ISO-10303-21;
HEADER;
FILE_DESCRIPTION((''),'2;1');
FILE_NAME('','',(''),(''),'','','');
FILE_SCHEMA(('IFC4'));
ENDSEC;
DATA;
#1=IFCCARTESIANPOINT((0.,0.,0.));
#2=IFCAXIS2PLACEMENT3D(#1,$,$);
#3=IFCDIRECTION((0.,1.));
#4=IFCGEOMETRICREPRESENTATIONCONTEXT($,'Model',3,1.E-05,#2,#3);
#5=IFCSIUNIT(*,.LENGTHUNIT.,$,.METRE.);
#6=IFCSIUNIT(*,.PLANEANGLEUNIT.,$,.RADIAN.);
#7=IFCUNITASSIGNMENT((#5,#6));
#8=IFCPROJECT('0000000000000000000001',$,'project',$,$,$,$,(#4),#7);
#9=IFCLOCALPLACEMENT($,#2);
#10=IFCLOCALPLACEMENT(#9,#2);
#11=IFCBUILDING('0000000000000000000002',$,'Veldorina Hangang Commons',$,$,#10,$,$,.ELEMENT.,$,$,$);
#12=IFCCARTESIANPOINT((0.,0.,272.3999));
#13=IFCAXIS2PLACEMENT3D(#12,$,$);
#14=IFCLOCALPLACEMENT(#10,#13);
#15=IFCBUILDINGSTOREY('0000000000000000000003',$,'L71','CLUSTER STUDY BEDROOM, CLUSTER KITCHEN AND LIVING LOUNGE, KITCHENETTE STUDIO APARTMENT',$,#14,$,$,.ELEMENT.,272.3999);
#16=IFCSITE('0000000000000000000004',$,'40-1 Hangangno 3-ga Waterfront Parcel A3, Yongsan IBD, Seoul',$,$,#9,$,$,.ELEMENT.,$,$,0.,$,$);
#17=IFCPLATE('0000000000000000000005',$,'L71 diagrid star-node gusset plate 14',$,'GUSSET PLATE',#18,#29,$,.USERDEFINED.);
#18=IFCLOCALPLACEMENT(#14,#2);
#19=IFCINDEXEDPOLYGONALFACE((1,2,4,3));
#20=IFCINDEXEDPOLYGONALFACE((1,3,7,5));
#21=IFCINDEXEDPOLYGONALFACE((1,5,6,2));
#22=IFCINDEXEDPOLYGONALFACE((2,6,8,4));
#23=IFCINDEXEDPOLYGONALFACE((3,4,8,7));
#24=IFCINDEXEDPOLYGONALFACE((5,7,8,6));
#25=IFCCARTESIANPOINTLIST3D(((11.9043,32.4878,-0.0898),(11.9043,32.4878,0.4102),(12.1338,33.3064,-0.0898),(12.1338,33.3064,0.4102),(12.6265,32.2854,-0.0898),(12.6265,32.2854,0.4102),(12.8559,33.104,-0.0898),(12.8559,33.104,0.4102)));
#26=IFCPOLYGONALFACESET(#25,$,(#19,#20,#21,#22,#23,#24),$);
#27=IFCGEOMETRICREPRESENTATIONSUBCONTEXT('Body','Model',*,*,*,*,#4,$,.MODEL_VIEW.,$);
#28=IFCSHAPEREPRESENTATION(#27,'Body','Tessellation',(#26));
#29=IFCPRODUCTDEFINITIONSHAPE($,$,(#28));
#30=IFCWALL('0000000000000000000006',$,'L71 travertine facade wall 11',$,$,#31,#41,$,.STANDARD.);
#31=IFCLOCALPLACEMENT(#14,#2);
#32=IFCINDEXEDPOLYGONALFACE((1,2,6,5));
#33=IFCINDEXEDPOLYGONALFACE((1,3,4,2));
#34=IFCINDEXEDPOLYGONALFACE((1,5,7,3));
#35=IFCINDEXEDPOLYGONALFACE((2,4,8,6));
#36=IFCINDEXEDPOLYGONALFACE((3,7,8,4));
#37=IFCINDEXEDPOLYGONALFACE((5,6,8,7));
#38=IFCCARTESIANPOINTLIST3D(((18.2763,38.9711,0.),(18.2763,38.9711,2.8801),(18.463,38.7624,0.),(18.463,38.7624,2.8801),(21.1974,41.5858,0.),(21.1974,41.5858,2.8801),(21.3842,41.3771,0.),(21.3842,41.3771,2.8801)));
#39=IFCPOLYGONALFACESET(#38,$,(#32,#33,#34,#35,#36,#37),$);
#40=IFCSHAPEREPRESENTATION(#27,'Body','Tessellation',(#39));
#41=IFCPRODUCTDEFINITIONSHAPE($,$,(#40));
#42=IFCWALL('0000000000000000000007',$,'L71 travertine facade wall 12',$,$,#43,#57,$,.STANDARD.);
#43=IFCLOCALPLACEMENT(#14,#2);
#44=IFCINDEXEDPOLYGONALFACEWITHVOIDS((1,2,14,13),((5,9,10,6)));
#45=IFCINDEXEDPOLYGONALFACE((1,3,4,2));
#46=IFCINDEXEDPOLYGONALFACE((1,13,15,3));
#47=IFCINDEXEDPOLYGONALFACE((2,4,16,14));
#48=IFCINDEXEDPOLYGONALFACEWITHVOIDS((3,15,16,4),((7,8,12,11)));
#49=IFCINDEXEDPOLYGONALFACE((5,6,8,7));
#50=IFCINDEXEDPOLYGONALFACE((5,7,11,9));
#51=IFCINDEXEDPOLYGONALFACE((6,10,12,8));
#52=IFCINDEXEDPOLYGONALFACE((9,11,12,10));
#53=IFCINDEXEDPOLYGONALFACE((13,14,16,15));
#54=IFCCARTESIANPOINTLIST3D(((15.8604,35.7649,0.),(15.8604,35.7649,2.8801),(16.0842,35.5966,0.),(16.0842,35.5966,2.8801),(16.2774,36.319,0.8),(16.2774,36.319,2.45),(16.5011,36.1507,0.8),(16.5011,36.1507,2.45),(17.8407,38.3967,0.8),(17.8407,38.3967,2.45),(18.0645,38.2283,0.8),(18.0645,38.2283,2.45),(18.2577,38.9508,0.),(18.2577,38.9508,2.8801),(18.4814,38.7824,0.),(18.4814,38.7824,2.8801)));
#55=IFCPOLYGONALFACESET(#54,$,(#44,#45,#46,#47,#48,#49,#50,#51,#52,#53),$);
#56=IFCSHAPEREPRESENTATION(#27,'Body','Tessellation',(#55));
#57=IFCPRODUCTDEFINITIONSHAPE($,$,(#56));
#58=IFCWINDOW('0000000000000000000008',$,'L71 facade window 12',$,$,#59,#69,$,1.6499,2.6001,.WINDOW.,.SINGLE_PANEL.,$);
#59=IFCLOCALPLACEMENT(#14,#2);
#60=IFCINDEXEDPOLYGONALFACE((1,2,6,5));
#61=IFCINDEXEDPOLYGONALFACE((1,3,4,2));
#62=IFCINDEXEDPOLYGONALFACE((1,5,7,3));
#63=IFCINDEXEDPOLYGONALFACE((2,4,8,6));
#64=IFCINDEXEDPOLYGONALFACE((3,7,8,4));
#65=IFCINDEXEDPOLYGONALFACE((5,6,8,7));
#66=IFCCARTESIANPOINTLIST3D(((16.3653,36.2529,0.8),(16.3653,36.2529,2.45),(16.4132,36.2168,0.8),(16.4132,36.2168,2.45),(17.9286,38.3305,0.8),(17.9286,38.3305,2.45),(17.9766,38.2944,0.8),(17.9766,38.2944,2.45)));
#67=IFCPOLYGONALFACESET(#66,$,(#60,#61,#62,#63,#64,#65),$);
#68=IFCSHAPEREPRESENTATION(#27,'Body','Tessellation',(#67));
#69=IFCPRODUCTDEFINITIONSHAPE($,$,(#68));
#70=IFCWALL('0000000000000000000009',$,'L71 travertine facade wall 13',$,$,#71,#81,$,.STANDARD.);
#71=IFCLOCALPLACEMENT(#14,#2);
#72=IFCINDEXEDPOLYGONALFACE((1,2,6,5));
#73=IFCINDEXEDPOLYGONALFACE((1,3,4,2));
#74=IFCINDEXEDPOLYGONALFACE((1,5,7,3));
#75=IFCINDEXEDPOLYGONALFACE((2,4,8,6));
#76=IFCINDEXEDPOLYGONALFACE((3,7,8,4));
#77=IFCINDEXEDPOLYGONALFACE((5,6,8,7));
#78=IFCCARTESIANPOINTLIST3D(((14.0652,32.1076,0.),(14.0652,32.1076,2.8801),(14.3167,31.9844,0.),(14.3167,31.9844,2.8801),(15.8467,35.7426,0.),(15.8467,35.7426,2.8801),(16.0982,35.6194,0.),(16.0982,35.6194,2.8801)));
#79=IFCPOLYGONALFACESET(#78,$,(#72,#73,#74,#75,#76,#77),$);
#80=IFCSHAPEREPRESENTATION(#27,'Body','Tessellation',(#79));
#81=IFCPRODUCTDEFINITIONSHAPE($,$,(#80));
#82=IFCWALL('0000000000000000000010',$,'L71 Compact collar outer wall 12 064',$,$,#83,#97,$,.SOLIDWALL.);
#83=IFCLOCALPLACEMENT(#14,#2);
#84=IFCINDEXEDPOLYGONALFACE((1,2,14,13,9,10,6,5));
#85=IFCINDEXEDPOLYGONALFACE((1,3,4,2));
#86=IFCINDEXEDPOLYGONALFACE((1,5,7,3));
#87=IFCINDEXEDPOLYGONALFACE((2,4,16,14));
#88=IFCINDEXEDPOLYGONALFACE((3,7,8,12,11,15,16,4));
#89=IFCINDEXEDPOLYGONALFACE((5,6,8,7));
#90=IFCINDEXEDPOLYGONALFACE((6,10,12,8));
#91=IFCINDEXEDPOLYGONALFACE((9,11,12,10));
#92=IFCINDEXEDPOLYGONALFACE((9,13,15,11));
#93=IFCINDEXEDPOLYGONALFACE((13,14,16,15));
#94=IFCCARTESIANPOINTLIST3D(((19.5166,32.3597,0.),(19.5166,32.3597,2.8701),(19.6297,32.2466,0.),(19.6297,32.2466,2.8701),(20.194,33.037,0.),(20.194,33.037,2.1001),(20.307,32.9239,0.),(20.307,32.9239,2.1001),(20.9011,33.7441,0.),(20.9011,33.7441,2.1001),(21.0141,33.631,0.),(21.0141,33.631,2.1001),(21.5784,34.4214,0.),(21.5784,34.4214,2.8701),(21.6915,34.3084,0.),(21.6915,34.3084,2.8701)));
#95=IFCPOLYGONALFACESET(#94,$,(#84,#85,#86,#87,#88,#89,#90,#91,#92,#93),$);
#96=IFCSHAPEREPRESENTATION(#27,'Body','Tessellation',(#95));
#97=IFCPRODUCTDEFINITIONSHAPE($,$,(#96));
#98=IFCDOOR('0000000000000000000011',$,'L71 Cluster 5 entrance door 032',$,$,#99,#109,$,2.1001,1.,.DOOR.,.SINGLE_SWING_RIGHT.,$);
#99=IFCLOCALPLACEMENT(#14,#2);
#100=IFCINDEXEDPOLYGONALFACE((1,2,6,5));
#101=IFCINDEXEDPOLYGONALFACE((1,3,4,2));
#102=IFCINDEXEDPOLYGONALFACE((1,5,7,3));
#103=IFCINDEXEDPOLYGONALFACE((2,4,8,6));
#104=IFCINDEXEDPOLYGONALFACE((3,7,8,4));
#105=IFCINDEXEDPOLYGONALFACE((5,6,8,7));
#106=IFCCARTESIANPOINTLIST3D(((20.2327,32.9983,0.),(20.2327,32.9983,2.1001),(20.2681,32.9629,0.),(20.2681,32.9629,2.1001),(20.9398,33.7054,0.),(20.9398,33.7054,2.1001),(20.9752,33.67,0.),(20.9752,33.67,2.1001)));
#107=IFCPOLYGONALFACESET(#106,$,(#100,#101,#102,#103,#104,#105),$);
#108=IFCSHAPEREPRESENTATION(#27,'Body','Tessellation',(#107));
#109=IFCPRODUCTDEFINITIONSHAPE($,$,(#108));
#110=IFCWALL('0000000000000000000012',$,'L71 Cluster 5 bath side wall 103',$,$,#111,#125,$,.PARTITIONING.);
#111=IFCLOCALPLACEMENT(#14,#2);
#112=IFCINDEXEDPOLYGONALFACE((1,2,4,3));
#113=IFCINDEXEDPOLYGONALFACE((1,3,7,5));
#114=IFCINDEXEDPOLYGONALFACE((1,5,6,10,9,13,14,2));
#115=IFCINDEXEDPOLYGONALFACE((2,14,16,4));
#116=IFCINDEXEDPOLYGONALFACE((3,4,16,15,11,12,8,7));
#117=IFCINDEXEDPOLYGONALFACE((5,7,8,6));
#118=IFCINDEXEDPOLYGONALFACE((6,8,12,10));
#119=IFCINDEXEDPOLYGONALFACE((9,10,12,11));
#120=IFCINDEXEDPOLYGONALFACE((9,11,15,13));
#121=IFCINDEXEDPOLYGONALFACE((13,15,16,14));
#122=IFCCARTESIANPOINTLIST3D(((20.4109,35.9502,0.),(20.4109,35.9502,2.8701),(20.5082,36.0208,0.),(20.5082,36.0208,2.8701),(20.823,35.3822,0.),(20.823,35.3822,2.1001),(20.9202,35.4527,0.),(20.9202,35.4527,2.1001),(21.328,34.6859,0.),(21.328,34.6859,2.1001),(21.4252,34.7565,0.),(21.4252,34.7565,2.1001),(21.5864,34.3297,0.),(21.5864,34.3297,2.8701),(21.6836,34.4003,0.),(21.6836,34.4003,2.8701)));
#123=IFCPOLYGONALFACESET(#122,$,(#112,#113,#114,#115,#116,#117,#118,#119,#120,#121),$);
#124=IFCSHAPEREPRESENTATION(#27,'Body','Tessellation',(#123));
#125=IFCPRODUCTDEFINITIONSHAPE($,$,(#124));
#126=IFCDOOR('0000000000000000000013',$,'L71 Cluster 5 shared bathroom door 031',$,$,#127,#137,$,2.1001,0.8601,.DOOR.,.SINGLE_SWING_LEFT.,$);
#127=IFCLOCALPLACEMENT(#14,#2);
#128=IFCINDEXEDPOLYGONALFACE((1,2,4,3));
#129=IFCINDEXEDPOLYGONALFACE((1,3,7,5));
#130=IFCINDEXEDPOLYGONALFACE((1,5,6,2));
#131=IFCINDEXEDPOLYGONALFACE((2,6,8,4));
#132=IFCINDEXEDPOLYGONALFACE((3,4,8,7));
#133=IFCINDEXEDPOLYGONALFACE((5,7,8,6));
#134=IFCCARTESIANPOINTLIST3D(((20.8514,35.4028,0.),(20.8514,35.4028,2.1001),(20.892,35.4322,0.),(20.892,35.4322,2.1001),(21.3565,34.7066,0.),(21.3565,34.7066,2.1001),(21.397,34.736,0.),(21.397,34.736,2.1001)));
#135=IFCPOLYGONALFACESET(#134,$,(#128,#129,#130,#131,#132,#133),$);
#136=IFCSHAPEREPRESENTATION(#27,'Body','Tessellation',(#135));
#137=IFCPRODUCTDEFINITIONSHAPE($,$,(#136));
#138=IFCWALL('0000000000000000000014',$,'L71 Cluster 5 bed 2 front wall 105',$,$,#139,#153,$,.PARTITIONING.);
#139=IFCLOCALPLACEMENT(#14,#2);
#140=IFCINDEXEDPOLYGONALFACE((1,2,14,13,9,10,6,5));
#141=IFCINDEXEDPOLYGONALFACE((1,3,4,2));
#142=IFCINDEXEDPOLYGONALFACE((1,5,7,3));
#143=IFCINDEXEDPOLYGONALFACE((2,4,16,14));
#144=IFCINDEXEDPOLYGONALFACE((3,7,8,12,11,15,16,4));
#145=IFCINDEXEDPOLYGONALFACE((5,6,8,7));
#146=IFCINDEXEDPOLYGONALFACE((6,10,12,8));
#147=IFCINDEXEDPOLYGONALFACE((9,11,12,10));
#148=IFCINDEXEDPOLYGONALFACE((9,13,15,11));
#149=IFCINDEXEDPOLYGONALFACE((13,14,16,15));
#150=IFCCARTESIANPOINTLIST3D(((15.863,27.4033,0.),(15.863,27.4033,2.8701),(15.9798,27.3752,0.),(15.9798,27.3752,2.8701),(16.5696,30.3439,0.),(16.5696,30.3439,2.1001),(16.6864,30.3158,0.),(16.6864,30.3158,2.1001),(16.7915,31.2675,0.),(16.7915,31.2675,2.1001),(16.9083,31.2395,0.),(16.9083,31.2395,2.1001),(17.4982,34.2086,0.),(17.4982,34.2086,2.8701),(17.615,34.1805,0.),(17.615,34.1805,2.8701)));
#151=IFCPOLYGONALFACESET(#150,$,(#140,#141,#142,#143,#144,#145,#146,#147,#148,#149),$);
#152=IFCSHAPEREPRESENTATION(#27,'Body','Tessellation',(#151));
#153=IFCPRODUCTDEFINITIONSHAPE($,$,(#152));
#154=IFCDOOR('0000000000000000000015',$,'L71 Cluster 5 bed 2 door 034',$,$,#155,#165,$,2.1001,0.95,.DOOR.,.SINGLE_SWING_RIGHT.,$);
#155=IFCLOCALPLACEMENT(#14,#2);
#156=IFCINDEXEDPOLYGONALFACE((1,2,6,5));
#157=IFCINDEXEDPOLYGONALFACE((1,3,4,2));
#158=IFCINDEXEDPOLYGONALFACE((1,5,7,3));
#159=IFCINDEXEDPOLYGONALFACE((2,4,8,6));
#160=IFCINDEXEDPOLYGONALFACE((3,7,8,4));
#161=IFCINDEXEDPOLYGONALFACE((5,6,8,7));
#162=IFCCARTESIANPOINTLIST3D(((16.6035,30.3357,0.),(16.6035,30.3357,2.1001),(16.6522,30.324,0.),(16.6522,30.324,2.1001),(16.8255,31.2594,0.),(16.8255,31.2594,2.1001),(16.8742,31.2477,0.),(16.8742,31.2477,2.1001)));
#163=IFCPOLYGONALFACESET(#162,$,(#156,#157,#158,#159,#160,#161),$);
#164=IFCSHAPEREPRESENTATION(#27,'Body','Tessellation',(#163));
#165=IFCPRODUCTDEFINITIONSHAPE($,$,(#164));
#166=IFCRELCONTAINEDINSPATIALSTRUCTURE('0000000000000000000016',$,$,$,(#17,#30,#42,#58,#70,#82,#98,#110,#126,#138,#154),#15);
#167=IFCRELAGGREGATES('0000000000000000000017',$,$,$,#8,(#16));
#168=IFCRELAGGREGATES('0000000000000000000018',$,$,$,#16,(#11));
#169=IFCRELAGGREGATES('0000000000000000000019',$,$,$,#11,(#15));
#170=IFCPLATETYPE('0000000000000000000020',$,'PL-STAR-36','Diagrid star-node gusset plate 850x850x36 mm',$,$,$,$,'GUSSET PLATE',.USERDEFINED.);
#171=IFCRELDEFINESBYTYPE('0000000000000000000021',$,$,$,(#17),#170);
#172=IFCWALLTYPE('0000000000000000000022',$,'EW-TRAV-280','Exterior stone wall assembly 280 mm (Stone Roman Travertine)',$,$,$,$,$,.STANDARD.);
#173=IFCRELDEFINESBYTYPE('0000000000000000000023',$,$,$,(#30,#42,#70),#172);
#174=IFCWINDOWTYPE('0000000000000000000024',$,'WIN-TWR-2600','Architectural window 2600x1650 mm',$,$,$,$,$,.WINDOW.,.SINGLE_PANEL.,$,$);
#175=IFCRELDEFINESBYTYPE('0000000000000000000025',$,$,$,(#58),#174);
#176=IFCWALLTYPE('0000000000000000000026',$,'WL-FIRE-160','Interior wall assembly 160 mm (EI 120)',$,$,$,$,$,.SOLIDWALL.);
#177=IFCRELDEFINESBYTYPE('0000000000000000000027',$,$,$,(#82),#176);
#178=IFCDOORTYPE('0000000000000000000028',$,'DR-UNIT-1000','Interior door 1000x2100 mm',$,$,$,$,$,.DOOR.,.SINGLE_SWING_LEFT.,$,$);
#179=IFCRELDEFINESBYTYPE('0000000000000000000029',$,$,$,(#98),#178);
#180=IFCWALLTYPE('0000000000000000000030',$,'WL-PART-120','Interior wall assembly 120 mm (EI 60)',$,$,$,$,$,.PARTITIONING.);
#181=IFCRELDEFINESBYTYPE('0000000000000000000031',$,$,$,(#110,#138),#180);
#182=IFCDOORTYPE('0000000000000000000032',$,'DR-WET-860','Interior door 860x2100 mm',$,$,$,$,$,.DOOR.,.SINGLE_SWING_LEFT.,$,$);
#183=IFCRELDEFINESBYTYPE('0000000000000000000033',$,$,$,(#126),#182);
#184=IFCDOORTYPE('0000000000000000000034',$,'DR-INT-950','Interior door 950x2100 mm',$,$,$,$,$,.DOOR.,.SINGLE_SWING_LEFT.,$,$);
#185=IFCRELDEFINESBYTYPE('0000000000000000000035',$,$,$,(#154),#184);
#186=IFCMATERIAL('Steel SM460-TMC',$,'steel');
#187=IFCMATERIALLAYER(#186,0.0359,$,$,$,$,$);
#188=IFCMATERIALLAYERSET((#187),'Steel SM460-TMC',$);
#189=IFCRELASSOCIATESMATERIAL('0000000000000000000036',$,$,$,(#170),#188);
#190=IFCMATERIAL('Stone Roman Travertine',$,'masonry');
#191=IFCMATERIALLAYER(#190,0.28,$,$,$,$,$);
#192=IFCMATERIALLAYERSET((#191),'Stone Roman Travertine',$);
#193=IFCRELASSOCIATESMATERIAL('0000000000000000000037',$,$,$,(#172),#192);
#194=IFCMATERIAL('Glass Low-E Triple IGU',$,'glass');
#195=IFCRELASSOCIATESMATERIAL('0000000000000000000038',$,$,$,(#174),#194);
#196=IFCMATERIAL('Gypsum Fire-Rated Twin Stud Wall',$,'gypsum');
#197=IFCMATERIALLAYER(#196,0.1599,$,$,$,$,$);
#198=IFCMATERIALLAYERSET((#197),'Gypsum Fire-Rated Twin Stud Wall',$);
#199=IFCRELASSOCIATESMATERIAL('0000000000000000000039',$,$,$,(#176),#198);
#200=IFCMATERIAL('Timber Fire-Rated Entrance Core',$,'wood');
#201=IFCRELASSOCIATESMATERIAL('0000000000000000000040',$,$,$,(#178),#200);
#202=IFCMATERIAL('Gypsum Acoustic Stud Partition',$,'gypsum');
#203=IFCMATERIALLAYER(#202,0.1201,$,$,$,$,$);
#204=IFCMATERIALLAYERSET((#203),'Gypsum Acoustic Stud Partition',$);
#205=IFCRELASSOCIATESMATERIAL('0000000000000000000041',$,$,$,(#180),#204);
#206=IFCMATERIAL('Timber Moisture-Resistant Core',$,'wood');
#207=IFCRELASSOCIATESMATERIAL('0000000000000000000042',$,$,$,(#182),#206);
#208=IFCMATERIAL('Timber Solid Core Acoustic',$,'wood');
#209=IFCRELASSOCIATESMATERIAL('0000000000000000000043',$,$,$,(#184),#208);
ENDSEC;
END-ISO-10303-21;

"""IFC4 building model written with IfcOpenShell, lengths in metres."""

from ifc_helpers import new_model, si_unit, direction, frame, frame_2d, origin, origin_2d, place, context, subcontext, project, spatial, rectangle, extrude, material, layer, layer_set, type_object, element, fill, save


model = new_model("IFC4")

# Units and contexts
model_context = context("Model", 3, precision=1e-05, world=origin(), true_north=direction((0.0, 1.0)))
body_context = subcontext(model_context, "Body", "Model", "MODEL_VIEW")
ifc_project = project(units=[si_unit("LENGTHUNIT", "METRE"), si_unit("PLANEANGLEUNIT", "RADIAN")], contexts=[model_context])

# Site, building, storey
site_placement = place(None, origin())
site = spatial("IfcSite", under=ifc_project, at=site_placement, Name="40-1 Hangangno 3-ga Waterfront Parcel A3, Yongsan IBD, Seoul", CompositionType="ELEMENT", RefElevation=0.0)
building_placement = place(site_placement, origin())
building = spatial("IfcBuilding", under=site, at=building_placement, Name="Veldorina Hangang Commons", CompositionType="ELEMENT")
storey_placement = place(building_placement, frame((0.0, 0.0, 272.3999)))
storey = spatial("IfcBuildingStorey", under=building, at=storey_placement, Name="L71", Description="CLUSTER STUDY BEDROOM, CLUSTER KITCHEN AND LIVING LOUNGE, KITCHENETTE STUDIO APARTMENT", CompositionType="ELEMENT", Elevation=272.3999)

# Plate
ifc_material_1 = material(Name="Steel SM460-TMC", Category="steel")
ifc_layer_1 = layer(ifc_material_1, 0.0359)
ifc_layer_set_1 = layer_set([ifc_layer_1], Name="Steel SM460-TMC")
plate_type = type_object("IfcPlateType", Name="PL-STAR-36", Description="Diagrid star-node gusset plate 850x850x36 mm", ElementType="GUSSET PLATE", PredefinedType="USERDEFINED", material=ifc_layer_set_1)
plate_1_placement = place(storey_placement, frame((12.3801, 32.7959, -0.0898), z_axis=(0.0, 0.0, 1.0), x_axis=(-0.269878, -0.962895, 0.0)))
element("IfcPlate", 1, at=plate_1_placement, inside=storey, type_object=plate_type, Name="L71 diagrid star-node gusset plate 14", ObjectType="GUSSET PLATE", PredefinedType="USERDEFINED", context=body_context, shape_type="SweptSolid", body=[
    extrude(rectangle(XDim=0.8501, YDim=0.75, at=origin_2d()), origin(), (0.0, 0.0, 1.0), 0.5),
])

# Wall
ifc_material_2 = material(Name="Stone Roman Travertine", Category="masonry")
ifc_layer_2 = layer(ifc_material_2, 0.28)
ifc_layer_set_2 = layer_set([ifc_layer_2], Name="Stone Roman Travertine")
wall_type_1 = type_object("IfcWallType", Name="EW-TRAV-280", Description="Exterior stone wall assembly 280 mm (Stone Roman Travertine)", PredefinedType="STANDARD", material=ifc_layer_set_2)
wall_1_placement = place(storey_placement, frame((21.2908, 41.4814, 0.0), z_axis=(0.0, 0.0, 1.0), x_axis=(-0.745103, -0.66695, 0.0)))
element("IfcWall", 2, at=wall_1_placement, inside=storey, type_object=wall_type_1, Name="L71 travertine facade wall 11", PredefinedType="STANDARD", context=body_context, shape_type="SweptSolid", body=[
    extrude(rectangle(XDim=3.9204, YDim=0.28, at=frame_2d((1.9602, 0.0))), origin(), (0.0, 0.0, 1.0), 2.8801),
])

# Wall, opening, window
wall_2_placement = place(storey_placement, frame((18.3696, 38.8667, 0.0), z_axis=(0.0, 0.0, 1.0), x_axis=(-0.601263, -0.799051, 0.0)))
wall_2 = element("IfcWall", 3, at=wall_2_placement, inside=storey, type_object=wall_type_1, Name="L71 travertine facade wall 12", PredefinedType="STANDARD", context=body_context, shape_type="SweptSolid", body=[
    extrude(rectangle(XDim=3.9871, YDim=0.28, at=frame_2d((1.9937, 0.0))), origin(), (0.0, 0.0, 1.0), 2.8801),
])
opening_1_placement = place(wall_2_placement, frame((0.6936, 0.0, 0.8)))
opening_1 = element("IfcOpeningElement", 4, at=opening_1_placement, cuts=wall_2, PredefinedType="OPENING", context=body_context, shape_type="SweptSolid", body=[
    extrude(rectangle(XDim=2.6001, YDim=1.6499, at=frame_2d((1.3, 0.825))), frame((0.0, 0.1499, 0.0), z_axis=(0.0, -1.0, 0.0), x_axis=(1.0, 0.0, 0.0)), (0.0, 0.0, 1.0), 0.3),
])
ifc_material_3 = material(Name="Glass Low-E Triple IGU", Category="glass")
window_type = type_object("IfcWindowType", Name="WIN-TWR-2600", Description="Architectural window 2600x1650 mm", PartitioningType="SINGLE_PANEL", PredefinedType="WINDOW", material=ifc_material_3)
window_placement = place(opening_1_placement, origin())
window = element("IfcWindow", 5, at=window_placement, inside=storey, type_object=window_type, Name="L71 facade window 12", OverallHeight=1.6499, OverallWidth=2.6001, PartitioningType="SINGLE_PANEL", PredefinedType="WINDOW", context=body_context, shape_type="SweptSolid", body=[
    extrude(rectangle(XDim=2.6001, YDim=1.6499, at=frame_2d((1.3, 0.825))), frame((0.0, 0.03, 0.0), z_axis=(0.0, -1.0, 0.0), x_axis=(1.0, 0.0, 0.0)), (0.0, 0.0, 1.0), 0.0601),
])
fill(opening_1, window)

# Wall
wall_3_placement = place(storey_placement, frame((15.9724, 35.6809, 0.0), z_axis=(0.0, 0.0, 1.0), x_axis=(-0.440083, -0.897957, 0.0)))
element("IfcWall", 6, at=wall_3_placement, inside=storey, type_object=wall_type_1, Name="L71 travertine facade wall 13", PredefinedType="STANDARD", context=body_context, shape_type="SweptSolid", body=[
    extrude(rectangle(XDim=4.0481, YDim=0.28, at=frame_2d((2.0239, 0.0))), origin(), (0.0, 0.0, 1.0), 2.8801),
])

# Walls, openings, doors
ifc_material_4 = material(Name="Gypsum Fire-Rated Twin Stud Wall", Category="gypsum")
ifc_layer_3 = layer(ifc_material_4, 0.1599)
ifc_layer_set_3 = layer_set([ifc_layer_3], Name="Gypsum Fire-Rated Twin Stud Wall")
wall_type_2 = type_object("IfcWallType", Name="WL-FIRE-160", Description="Interior wall assembly 160 mm (EI 120)", PredefinedType="SOLIDWALL", material=ifc_layer_set_3)
wall_4_placement = place(storey_placement, frame((21.635, 34.365, 0.0), z_axis=(0.0, 0.0, 1.0), x_axis=(-0.707107, -0.707107, 0.0)))
wall_4 = element("IfcWall", 7, at=wall_4_placement, inside=storey, type_object=wall_type_2, Name="L71 Compact collar outer wall 12 064", PredefinedType="SOLIDWALL", context=body_context, shape_type="SweptSolid", body=[
    extrude(rectangle(XDim=2.9158, YDim=0.1599, at=frame_2d((1.458, 0.0))), origin(), (0.0, 0.0, 1.0), 2.8701),
])
opening_2_placement = place(wall_4_placement, frame((0.958, 0.0, 0.0)))
opening_2 = element("IfcOpeningElement", 8, at=opening_2_placement, cuts=wall_4, PredefinedType="OPENING", context=body_context, shape_type="SweptSolid", body=[
    extrude(rectangle(XDim=1.0, YDim=2.1001, at=frame_2d((0.5, 1.05))), frame((0.0, 0.0898, 0.0), z_axis=(0.0, -1.0, 0.0), x_axis=(1.0, 0.0, 0.0)), (0.0, 0.0, 1.0), 0.1799),
])
ifc_material_5 = material(Name="Timber Fire-Rated Entrance Core", Category="wood")
door_type_1 = type_object("IfcDoorType", Name="DR-UNIT-1000", Description="Interior door 1000x2100 mm", OperationType="SINGLE_SWING_LEFT", PredefinedType="DOOR", material=ifc_material_5)
door_1_placement = place(opening_2_placement, origin())
door_1 = element("IfcDoor", 9, at=door_1_placement, inside=storey, type_object=door_type_1, Name="L71 Cluster 5 entrance door 032", OperationType="SINGLE_SWING_RIGHT", OverallHeight=2.1001, OverallWidth=1.0, PredefinedType="DOOR", context=body_context, shape_type="SweptSolid", body=[
    extrude(rectangle(XDim=1.0, YDim=2.1001, at=frame_2d((0.5, 1.05))), frame((0.0, 0.0249, 0.0), z_axis=(0.0, -1.0, 0.0), x_axis=(1.0, 0.0, 0.0)), (0.0, 0.0, 1.0), 0.05),
])
fill(opening_2, door_1)
ifc_material_6 = material(Name="Gypsum Acoustic Stud Partition", Category="gypsum")
ifc_layer_4 = layer(ifc_material_6, 0.1201)
ifc_layer_set_4 = layer_set([ifc_layer_4], Name="Gypsum Acoustic Stud Partition")
wall_type_3 = type_object("IfcWallType", Name="WL-PART-120", Description="Interior wall assembly 120 mm (EI 60)", PredefinedType="PARTITIONING", material=ifc_layer_set_4)
wall_5_placement = place(storey_placement, frame((21.635, 34.365, 0.0), z_axis=(0.0, 0.0, 1.0), x_axis=(-0.587163, 0.809468, 0.0)))
wall_5 = element("IfcWall", 10, at=wall_5_placement, inside=storey, type_object=wall_type_3, Name="L71 Cluster 5 bath side wall 103", PredefinedType="PARTITIONING", context=body_context, shape_type="SweptSolid", body=[
    extrude(rectangle(XDim=2.002, YDim=0.1201, at=frame_2d((1.001, 0.0))), origin(), (0.0, 0.0, 1.0), 2.8701),
])
opening_3_placement = place(wall_5_placement, frame((0.4399, 0.0, 0.0)))
opening_3 = element("IfcOpeningElement", 11, at=opening_3_placement, cuts=wall_5, PredefinedType="OPENING", context=body_context, shape_type="SweptSolid", body=[
    extrude(rectangle(XDim=0.8601, YDim=2.1001, at=frame_2d((0.4302, 1.05))), frame((0.0, 0.0701, 0.0), z_axis=(0.0, -1.0, 0.0), x_axis=(1.0, 0.0, 0.0)), (0.0, 0.0, 1.0), 0.1401),
])
ifc_material_7 = material(Name="Timber Moisture-Resistant Core", Category="wood")
door_type_2 = type_object("IfcDoorType", Name="DR-WET-860", Description="Interior door 860x2100 mm", OperationType="SINGLE_SWING_LEFT", PredefinedType="DOOR", material=ifc_material_7)
door_2_placement = place(opening_3_placement, origin())
door_2 = element("IfcDoor", 12, at=door_2_placement, inside=storey, type_object=door_type_2, Name="L71 Cluster 5 shared bathroom door 031", OperationType="SINGLE_SWING_LEFT", OverallHeight=2.1001, OverallWidth=0.8601, PredefinedType="DOOR", context=body_context, shape_type="SweptSolid", body=[
    extrude(rectangle(XDim=0.8601, YDim=2.1001, at=frame_2d((0.4302, 1.05))), frame((0.0, 0.0249, 0.0), z_axis=(0.0, -1.0, 0.0), x_axis=(1.0, 0.0, 0.0)), (0.0, 0.0, 1.0), 0.05),
])
fill(opening_3, door_2)
wall_6_placement = place(storey_placement, frame((17.5566, 34.1946, 0.0), z_axis=(0.0, 0.0, 1.0), x_axis=(-0.233637, -0.972324, 0.0)))
wall_6 = element("IfcWall", 13, at=wall_6_placement, inside=storey, type_object=wall_type_3, Name="L71 Cluster 5 bed 2 front wall 105", PredefinedType="PARTITIONING", context=body_context, shape_type="SweptSolid", body=[
    extrude(rectangle(XDim=6.999, YDim=0.1201, at=frame_2d((3.4995, 0.0))), origin(), (0.0, 0.0, 1.0), 2.8701),
])
opening_4_placement = place(wall_6_placement, frame((3.0247, 0.0, 0.0)))
opening_4 = element("IfcOpeningElement", 14, at=opening_4_placement, cuts=wall_6, PredefinedType="OPENING", context=body_context, shape_type="SweptSolid", body=[
    extrude(rectangle(XDim=0.95, YDim=2.1001, at=frame_2d((0.4751, 1.05))), frame((0.0, 0.0701, 0.0), z_axis=(0.0, -1.0, 0.0), x_axis=(1.0, 0.0, 0.0)), (0.0, 0.0, 1.0), 0.1401),
])
ifc_material_8 = material(Name="Timber Solid Core Acoustic", Category="wood")
door_type_3 = type_object("IfcDoorType", Name="DR-INT-950", Description="Interior door 950x2100 mm", OperationType="SINGLE_SWING_LEFT", PredefinedType="DOOR", material=ifc_material_8)
door_3_placement = place(opening_4_placement, origin())
door_3 = element("IfcDoor", 15, at=door_3_placement, inside=storey, type_object=door_type_3, Name="L71 Cluster 5 bed 2 door 034", OperationType="SINGLE_SWING_RIGHT", OverallHeight=2.1001, OverallWidth=0.95, PredefinedType="DOOR", context=body_context, shape_type="SweptSolid", body=[
    extrude(rectangle(XDim=0.95, YDim=2.1001, at=frame_2d((0.4751, 1.05))), frame((0.0, 0.0249, 0.0), z_axis=(0.0, -1.0, 0.0), x_axis=(1.0, 0.0, 0.0)), (0.0, 0.0, 1.0), 0.05),
])
fill(opening_4, door_3)

save(model, "model.ifc")
